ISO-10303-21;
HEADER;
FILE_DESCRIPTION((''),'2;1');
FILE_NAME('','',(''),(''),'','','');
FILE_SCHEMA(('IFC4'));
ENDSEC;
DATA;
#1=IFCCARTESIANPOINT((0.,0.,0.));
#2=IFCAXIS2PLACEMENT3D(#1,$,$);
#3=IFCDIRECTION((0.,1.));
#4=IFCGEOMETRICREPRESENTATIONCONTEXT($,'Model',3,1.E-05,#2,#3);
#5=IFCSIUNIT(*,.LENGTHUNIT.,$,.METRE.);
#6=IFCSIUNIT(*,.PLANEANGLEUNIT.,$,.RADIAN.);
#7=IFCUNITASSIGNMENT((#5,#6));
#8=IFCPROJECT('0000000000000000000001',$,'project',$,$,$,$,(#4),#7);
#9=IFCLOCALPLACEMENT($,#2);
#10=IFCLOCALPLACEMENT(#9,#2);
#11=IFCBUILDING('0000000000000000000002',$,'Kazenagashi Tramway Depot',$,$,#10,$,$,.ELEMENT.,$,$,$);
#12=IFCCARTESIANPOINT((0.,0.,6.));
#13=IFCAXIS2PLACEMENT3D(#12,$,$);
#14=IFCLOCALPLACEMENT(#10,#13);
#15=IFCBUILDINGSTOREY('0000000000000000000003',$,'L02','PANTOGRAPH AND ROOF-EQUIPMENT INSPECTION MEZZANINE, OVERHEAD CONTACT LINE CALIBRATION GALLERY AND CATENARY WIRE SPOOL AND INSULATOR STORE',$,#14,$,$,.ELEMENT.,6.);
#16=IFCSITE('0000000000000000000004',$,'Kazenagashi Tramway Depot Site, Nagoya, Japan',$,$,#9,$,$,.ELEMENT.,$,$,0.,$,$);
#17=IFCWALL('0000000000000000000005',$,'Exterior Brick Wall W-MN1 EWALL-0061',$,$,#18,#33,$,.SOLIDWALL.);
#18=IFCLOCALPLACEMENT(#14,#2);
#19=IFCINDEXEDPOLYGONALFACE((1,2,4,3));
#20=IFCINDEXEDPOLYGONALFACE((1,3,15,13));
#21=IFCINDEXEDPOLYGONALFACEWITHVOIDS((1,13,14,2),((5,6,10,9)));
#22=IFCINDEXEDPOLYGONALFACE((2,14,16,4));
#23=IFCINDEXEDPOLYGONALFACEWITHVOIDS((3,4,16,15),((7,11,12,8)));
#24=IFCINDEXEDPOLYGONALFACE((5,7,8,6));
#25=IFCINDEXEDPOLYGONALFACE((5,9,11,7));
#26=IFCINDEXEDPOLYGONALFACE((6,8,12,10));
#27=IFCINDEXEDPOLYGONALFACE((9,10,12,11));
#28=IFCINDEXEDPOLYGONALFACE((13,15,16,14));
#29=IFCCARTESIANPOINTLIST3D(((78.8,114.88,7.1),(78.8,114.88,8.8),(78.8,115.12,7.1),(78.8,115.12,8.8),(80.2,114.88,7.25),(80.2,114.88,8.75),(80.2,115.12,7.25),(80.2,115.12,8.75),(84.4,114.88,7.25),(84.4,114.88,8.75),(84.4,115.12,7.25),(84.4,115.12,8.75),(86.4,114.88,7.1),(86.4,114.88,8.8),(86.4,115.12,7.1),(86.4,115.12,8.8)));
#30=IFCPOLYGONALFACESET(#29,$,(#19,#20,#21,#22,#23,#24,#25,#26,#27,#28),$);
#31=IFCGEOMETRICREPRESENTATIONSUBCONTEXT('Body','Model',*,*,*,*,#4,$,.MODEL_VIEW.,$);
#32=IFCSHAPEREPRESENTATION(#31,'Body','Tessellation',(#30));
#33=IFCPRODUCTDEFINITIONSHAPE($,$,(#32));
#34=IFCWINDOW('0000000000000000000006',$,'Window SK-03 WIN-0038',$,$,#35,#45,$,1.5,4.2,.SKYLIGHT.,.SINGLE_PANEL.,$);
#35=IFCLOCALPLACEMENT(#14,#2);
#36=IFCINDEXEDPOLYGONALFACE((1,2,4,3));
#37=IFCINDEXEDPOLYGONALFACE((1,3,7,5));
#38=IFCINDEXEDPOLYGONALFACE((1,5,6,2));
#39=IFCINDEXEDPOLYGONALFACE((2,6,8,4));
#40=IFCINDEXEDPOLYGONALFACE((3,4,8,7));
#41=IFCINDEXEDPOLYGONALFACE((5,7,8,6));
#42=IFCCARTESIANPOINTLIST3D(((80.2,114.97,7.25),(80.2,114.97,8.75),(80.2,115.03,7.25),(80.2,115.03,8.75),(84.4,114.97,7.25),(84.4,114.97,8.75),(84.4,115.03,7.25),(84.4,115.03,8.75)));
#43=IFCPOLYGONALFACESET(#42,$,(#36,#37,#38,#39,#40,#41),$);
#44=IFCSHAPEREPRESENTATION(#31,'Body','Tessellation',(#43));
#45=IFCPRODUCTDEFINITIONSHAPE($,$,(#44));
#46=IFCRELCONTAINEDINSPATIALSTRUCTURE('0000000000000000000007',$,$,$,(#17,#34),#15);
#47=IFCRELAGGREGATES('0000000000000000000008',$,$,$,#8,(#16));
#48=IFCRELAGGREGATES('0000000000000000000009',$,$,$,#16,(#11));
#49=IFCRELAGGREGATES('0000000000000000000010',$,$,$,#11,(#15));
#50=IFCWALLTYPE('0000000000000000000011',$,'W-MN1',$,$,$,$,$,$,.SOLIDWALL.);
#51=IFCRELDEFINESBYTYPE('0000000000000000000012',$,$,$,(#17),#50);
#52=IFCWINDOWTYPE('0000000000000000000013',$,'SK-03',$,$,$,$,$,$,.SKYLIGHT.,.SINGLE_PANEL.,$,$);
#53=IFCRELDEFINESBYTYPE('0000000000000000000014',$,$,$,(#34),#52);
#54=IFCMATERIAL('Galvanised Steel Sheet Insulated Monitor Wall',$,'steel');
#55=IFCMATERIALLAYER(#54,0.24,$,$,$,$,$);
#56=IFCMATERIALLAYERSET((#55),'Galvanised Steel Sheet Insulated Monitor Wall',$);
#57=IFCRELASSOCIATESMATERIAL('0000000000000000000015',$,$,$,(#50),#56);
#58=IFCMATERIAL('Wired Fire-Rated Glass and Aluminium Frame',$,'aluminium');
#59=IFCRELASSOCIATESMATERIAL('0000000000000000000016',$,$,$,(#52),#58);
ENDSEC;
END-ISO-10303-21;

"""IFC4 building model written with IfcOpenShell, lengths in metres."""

from ifc_helpers import new_model, si_unit, direction, frame, frame_2d, origin, place, context, subcontext, project, spatial, rectangle, extrude, material, layer, layer_set, type_object, element, fill, save


model = new_model("IFC4")

# Units and contexts
model_context = context("Model", 3, precision=1e-05, world=origin(), true_north=direction((0.0, 1.0)))
body_context = subcontext(model_context, "Body", "Model", "MODEL_VIEW")
ifc_project = project(units=[si_unit("LENGTHUNIT", "METRE"), si_unit("PLANEANGLEUNIT", "RADIAN")], contexts=[model_context])

# Site, building, storey
site_placement = place(None, origin())
site = spatial("IfcSite", under=ifc_project, at=site_placement, Name="Kazenagashi Tramway Depot Site, Nagoya, Japan", CompositionType="ELEMENT", RefElevation=0.0)
building_placement = place(site_placement, origin())
building = spatial("IfcBuilding", under=site, at=building_placement, Name="Kazenagashi Tramway Depot", CompositionType="ELEMENT")
storey_placement = place(building_placement, frame((0.0, 0.0, 6.0)))
storey = spatial("IfcBuildingStorey", under=building, at=storey_placement, Name="L02", Description="PANTOGRAPH AND ROOF-EQUIPMENT INSPECTION MEZZANINE, OVERHEAD CONTACT LINE CALIBRATION GALLERY AND CATENARY WIRE SPOOL AND INSULATOR STORE", CompositionType="ELEMENT", Elevation=6.0)

# Wall, opening, window
ifc_material_1 = material(Name="Galvanised Steel Sheet Insulated Monitor Wall", Category="steel")
ifc_layer_1 = layer(ifc_material_1, 0.24)
ifc_layer_set_1 = layer_set([ifc_layer_1], Name="Galvanised Steel Sheet Insulated Monitor Wall")
wall_type = type_object("IfcWallType", Name="W-MN1", PredefinedType="SOLIDWALL", material=ifc_layer_set_1)
wall_placement = place(storey_placement, frame((78.8, 115.0, 7.1), z_axis=(0.0, 0.0, 1.0), x_axis=(1.0, 0.0, 0.0)))
wall = element("IfcWall", 1, at=wall_placement, inside=storey, type_object=wall_type, Name="Exterior Brick Wall W-MN1 EWALL-0061", PredefinedType="SOLIDWALL", context=body_context, shape_type="SweptSolid", body=[
    extrude(rectangle(XDim=7.6, YDim=0.24, at=frame_2d((3.8, 0.0))), origin(), (0.0, 0.0, 1.0), 1.7),
])
opening_placement = place(wall_placement, frame((1.4, 0.0, 0.15)))
opening = element("IfcOpeningElement", 2, at=opening_placement, cuts=wall, PredefinedType="OPENING", context=body_context, shape_type="SweptSolid", body=[
    extrude(rectangle(XDim=4.2, YDim=1.5, at=frame_2d((2.1, 0.75))), frame((0.0, 0.13, 0.0), z_axis=(0.0, -1.0, 0.0), x_axis=(1.0, 0.0, 0.0)), (0.0, 0.0, 1.0), 0.26),
])
ifc_material_2 = material(Name="Wired Fire-Rated Glass and Aluminium Frame", Category="aluminium")
window_type = type_object("IfcWindowType", Name="SK-03", PartitioningType="SINGLE_PANEL", PredefinedType="SKYLIGHT", material=ifc_material_2)
window_placement = place(opening_placement, origin())
window = element("IfcWindow", 3, at=window_placement, inside=storey, type_object=window_type, Name="Window SK-03 WIN-0038", OverallHeight=1.5, OverallWidth=4.2, PartitioningType="SINGLE_PANEL", PredefinedType="SKYLIGHT", context=body_context, shape_type="SweptSolid", body=[
    extrude(rectangle(XDim=4.2, YDim=1.5, at=frame_2d((2.1, 0.75))), frame((0.0, 0.03, 0.0), z_axis=(0.0, -1.0, 0.0), x_axis=(1.0, 0.0, 0.0)), (0.0, 0.0, 1.0), 0.06),
])
fill(opening, window)

save(model, "model.ifc")
